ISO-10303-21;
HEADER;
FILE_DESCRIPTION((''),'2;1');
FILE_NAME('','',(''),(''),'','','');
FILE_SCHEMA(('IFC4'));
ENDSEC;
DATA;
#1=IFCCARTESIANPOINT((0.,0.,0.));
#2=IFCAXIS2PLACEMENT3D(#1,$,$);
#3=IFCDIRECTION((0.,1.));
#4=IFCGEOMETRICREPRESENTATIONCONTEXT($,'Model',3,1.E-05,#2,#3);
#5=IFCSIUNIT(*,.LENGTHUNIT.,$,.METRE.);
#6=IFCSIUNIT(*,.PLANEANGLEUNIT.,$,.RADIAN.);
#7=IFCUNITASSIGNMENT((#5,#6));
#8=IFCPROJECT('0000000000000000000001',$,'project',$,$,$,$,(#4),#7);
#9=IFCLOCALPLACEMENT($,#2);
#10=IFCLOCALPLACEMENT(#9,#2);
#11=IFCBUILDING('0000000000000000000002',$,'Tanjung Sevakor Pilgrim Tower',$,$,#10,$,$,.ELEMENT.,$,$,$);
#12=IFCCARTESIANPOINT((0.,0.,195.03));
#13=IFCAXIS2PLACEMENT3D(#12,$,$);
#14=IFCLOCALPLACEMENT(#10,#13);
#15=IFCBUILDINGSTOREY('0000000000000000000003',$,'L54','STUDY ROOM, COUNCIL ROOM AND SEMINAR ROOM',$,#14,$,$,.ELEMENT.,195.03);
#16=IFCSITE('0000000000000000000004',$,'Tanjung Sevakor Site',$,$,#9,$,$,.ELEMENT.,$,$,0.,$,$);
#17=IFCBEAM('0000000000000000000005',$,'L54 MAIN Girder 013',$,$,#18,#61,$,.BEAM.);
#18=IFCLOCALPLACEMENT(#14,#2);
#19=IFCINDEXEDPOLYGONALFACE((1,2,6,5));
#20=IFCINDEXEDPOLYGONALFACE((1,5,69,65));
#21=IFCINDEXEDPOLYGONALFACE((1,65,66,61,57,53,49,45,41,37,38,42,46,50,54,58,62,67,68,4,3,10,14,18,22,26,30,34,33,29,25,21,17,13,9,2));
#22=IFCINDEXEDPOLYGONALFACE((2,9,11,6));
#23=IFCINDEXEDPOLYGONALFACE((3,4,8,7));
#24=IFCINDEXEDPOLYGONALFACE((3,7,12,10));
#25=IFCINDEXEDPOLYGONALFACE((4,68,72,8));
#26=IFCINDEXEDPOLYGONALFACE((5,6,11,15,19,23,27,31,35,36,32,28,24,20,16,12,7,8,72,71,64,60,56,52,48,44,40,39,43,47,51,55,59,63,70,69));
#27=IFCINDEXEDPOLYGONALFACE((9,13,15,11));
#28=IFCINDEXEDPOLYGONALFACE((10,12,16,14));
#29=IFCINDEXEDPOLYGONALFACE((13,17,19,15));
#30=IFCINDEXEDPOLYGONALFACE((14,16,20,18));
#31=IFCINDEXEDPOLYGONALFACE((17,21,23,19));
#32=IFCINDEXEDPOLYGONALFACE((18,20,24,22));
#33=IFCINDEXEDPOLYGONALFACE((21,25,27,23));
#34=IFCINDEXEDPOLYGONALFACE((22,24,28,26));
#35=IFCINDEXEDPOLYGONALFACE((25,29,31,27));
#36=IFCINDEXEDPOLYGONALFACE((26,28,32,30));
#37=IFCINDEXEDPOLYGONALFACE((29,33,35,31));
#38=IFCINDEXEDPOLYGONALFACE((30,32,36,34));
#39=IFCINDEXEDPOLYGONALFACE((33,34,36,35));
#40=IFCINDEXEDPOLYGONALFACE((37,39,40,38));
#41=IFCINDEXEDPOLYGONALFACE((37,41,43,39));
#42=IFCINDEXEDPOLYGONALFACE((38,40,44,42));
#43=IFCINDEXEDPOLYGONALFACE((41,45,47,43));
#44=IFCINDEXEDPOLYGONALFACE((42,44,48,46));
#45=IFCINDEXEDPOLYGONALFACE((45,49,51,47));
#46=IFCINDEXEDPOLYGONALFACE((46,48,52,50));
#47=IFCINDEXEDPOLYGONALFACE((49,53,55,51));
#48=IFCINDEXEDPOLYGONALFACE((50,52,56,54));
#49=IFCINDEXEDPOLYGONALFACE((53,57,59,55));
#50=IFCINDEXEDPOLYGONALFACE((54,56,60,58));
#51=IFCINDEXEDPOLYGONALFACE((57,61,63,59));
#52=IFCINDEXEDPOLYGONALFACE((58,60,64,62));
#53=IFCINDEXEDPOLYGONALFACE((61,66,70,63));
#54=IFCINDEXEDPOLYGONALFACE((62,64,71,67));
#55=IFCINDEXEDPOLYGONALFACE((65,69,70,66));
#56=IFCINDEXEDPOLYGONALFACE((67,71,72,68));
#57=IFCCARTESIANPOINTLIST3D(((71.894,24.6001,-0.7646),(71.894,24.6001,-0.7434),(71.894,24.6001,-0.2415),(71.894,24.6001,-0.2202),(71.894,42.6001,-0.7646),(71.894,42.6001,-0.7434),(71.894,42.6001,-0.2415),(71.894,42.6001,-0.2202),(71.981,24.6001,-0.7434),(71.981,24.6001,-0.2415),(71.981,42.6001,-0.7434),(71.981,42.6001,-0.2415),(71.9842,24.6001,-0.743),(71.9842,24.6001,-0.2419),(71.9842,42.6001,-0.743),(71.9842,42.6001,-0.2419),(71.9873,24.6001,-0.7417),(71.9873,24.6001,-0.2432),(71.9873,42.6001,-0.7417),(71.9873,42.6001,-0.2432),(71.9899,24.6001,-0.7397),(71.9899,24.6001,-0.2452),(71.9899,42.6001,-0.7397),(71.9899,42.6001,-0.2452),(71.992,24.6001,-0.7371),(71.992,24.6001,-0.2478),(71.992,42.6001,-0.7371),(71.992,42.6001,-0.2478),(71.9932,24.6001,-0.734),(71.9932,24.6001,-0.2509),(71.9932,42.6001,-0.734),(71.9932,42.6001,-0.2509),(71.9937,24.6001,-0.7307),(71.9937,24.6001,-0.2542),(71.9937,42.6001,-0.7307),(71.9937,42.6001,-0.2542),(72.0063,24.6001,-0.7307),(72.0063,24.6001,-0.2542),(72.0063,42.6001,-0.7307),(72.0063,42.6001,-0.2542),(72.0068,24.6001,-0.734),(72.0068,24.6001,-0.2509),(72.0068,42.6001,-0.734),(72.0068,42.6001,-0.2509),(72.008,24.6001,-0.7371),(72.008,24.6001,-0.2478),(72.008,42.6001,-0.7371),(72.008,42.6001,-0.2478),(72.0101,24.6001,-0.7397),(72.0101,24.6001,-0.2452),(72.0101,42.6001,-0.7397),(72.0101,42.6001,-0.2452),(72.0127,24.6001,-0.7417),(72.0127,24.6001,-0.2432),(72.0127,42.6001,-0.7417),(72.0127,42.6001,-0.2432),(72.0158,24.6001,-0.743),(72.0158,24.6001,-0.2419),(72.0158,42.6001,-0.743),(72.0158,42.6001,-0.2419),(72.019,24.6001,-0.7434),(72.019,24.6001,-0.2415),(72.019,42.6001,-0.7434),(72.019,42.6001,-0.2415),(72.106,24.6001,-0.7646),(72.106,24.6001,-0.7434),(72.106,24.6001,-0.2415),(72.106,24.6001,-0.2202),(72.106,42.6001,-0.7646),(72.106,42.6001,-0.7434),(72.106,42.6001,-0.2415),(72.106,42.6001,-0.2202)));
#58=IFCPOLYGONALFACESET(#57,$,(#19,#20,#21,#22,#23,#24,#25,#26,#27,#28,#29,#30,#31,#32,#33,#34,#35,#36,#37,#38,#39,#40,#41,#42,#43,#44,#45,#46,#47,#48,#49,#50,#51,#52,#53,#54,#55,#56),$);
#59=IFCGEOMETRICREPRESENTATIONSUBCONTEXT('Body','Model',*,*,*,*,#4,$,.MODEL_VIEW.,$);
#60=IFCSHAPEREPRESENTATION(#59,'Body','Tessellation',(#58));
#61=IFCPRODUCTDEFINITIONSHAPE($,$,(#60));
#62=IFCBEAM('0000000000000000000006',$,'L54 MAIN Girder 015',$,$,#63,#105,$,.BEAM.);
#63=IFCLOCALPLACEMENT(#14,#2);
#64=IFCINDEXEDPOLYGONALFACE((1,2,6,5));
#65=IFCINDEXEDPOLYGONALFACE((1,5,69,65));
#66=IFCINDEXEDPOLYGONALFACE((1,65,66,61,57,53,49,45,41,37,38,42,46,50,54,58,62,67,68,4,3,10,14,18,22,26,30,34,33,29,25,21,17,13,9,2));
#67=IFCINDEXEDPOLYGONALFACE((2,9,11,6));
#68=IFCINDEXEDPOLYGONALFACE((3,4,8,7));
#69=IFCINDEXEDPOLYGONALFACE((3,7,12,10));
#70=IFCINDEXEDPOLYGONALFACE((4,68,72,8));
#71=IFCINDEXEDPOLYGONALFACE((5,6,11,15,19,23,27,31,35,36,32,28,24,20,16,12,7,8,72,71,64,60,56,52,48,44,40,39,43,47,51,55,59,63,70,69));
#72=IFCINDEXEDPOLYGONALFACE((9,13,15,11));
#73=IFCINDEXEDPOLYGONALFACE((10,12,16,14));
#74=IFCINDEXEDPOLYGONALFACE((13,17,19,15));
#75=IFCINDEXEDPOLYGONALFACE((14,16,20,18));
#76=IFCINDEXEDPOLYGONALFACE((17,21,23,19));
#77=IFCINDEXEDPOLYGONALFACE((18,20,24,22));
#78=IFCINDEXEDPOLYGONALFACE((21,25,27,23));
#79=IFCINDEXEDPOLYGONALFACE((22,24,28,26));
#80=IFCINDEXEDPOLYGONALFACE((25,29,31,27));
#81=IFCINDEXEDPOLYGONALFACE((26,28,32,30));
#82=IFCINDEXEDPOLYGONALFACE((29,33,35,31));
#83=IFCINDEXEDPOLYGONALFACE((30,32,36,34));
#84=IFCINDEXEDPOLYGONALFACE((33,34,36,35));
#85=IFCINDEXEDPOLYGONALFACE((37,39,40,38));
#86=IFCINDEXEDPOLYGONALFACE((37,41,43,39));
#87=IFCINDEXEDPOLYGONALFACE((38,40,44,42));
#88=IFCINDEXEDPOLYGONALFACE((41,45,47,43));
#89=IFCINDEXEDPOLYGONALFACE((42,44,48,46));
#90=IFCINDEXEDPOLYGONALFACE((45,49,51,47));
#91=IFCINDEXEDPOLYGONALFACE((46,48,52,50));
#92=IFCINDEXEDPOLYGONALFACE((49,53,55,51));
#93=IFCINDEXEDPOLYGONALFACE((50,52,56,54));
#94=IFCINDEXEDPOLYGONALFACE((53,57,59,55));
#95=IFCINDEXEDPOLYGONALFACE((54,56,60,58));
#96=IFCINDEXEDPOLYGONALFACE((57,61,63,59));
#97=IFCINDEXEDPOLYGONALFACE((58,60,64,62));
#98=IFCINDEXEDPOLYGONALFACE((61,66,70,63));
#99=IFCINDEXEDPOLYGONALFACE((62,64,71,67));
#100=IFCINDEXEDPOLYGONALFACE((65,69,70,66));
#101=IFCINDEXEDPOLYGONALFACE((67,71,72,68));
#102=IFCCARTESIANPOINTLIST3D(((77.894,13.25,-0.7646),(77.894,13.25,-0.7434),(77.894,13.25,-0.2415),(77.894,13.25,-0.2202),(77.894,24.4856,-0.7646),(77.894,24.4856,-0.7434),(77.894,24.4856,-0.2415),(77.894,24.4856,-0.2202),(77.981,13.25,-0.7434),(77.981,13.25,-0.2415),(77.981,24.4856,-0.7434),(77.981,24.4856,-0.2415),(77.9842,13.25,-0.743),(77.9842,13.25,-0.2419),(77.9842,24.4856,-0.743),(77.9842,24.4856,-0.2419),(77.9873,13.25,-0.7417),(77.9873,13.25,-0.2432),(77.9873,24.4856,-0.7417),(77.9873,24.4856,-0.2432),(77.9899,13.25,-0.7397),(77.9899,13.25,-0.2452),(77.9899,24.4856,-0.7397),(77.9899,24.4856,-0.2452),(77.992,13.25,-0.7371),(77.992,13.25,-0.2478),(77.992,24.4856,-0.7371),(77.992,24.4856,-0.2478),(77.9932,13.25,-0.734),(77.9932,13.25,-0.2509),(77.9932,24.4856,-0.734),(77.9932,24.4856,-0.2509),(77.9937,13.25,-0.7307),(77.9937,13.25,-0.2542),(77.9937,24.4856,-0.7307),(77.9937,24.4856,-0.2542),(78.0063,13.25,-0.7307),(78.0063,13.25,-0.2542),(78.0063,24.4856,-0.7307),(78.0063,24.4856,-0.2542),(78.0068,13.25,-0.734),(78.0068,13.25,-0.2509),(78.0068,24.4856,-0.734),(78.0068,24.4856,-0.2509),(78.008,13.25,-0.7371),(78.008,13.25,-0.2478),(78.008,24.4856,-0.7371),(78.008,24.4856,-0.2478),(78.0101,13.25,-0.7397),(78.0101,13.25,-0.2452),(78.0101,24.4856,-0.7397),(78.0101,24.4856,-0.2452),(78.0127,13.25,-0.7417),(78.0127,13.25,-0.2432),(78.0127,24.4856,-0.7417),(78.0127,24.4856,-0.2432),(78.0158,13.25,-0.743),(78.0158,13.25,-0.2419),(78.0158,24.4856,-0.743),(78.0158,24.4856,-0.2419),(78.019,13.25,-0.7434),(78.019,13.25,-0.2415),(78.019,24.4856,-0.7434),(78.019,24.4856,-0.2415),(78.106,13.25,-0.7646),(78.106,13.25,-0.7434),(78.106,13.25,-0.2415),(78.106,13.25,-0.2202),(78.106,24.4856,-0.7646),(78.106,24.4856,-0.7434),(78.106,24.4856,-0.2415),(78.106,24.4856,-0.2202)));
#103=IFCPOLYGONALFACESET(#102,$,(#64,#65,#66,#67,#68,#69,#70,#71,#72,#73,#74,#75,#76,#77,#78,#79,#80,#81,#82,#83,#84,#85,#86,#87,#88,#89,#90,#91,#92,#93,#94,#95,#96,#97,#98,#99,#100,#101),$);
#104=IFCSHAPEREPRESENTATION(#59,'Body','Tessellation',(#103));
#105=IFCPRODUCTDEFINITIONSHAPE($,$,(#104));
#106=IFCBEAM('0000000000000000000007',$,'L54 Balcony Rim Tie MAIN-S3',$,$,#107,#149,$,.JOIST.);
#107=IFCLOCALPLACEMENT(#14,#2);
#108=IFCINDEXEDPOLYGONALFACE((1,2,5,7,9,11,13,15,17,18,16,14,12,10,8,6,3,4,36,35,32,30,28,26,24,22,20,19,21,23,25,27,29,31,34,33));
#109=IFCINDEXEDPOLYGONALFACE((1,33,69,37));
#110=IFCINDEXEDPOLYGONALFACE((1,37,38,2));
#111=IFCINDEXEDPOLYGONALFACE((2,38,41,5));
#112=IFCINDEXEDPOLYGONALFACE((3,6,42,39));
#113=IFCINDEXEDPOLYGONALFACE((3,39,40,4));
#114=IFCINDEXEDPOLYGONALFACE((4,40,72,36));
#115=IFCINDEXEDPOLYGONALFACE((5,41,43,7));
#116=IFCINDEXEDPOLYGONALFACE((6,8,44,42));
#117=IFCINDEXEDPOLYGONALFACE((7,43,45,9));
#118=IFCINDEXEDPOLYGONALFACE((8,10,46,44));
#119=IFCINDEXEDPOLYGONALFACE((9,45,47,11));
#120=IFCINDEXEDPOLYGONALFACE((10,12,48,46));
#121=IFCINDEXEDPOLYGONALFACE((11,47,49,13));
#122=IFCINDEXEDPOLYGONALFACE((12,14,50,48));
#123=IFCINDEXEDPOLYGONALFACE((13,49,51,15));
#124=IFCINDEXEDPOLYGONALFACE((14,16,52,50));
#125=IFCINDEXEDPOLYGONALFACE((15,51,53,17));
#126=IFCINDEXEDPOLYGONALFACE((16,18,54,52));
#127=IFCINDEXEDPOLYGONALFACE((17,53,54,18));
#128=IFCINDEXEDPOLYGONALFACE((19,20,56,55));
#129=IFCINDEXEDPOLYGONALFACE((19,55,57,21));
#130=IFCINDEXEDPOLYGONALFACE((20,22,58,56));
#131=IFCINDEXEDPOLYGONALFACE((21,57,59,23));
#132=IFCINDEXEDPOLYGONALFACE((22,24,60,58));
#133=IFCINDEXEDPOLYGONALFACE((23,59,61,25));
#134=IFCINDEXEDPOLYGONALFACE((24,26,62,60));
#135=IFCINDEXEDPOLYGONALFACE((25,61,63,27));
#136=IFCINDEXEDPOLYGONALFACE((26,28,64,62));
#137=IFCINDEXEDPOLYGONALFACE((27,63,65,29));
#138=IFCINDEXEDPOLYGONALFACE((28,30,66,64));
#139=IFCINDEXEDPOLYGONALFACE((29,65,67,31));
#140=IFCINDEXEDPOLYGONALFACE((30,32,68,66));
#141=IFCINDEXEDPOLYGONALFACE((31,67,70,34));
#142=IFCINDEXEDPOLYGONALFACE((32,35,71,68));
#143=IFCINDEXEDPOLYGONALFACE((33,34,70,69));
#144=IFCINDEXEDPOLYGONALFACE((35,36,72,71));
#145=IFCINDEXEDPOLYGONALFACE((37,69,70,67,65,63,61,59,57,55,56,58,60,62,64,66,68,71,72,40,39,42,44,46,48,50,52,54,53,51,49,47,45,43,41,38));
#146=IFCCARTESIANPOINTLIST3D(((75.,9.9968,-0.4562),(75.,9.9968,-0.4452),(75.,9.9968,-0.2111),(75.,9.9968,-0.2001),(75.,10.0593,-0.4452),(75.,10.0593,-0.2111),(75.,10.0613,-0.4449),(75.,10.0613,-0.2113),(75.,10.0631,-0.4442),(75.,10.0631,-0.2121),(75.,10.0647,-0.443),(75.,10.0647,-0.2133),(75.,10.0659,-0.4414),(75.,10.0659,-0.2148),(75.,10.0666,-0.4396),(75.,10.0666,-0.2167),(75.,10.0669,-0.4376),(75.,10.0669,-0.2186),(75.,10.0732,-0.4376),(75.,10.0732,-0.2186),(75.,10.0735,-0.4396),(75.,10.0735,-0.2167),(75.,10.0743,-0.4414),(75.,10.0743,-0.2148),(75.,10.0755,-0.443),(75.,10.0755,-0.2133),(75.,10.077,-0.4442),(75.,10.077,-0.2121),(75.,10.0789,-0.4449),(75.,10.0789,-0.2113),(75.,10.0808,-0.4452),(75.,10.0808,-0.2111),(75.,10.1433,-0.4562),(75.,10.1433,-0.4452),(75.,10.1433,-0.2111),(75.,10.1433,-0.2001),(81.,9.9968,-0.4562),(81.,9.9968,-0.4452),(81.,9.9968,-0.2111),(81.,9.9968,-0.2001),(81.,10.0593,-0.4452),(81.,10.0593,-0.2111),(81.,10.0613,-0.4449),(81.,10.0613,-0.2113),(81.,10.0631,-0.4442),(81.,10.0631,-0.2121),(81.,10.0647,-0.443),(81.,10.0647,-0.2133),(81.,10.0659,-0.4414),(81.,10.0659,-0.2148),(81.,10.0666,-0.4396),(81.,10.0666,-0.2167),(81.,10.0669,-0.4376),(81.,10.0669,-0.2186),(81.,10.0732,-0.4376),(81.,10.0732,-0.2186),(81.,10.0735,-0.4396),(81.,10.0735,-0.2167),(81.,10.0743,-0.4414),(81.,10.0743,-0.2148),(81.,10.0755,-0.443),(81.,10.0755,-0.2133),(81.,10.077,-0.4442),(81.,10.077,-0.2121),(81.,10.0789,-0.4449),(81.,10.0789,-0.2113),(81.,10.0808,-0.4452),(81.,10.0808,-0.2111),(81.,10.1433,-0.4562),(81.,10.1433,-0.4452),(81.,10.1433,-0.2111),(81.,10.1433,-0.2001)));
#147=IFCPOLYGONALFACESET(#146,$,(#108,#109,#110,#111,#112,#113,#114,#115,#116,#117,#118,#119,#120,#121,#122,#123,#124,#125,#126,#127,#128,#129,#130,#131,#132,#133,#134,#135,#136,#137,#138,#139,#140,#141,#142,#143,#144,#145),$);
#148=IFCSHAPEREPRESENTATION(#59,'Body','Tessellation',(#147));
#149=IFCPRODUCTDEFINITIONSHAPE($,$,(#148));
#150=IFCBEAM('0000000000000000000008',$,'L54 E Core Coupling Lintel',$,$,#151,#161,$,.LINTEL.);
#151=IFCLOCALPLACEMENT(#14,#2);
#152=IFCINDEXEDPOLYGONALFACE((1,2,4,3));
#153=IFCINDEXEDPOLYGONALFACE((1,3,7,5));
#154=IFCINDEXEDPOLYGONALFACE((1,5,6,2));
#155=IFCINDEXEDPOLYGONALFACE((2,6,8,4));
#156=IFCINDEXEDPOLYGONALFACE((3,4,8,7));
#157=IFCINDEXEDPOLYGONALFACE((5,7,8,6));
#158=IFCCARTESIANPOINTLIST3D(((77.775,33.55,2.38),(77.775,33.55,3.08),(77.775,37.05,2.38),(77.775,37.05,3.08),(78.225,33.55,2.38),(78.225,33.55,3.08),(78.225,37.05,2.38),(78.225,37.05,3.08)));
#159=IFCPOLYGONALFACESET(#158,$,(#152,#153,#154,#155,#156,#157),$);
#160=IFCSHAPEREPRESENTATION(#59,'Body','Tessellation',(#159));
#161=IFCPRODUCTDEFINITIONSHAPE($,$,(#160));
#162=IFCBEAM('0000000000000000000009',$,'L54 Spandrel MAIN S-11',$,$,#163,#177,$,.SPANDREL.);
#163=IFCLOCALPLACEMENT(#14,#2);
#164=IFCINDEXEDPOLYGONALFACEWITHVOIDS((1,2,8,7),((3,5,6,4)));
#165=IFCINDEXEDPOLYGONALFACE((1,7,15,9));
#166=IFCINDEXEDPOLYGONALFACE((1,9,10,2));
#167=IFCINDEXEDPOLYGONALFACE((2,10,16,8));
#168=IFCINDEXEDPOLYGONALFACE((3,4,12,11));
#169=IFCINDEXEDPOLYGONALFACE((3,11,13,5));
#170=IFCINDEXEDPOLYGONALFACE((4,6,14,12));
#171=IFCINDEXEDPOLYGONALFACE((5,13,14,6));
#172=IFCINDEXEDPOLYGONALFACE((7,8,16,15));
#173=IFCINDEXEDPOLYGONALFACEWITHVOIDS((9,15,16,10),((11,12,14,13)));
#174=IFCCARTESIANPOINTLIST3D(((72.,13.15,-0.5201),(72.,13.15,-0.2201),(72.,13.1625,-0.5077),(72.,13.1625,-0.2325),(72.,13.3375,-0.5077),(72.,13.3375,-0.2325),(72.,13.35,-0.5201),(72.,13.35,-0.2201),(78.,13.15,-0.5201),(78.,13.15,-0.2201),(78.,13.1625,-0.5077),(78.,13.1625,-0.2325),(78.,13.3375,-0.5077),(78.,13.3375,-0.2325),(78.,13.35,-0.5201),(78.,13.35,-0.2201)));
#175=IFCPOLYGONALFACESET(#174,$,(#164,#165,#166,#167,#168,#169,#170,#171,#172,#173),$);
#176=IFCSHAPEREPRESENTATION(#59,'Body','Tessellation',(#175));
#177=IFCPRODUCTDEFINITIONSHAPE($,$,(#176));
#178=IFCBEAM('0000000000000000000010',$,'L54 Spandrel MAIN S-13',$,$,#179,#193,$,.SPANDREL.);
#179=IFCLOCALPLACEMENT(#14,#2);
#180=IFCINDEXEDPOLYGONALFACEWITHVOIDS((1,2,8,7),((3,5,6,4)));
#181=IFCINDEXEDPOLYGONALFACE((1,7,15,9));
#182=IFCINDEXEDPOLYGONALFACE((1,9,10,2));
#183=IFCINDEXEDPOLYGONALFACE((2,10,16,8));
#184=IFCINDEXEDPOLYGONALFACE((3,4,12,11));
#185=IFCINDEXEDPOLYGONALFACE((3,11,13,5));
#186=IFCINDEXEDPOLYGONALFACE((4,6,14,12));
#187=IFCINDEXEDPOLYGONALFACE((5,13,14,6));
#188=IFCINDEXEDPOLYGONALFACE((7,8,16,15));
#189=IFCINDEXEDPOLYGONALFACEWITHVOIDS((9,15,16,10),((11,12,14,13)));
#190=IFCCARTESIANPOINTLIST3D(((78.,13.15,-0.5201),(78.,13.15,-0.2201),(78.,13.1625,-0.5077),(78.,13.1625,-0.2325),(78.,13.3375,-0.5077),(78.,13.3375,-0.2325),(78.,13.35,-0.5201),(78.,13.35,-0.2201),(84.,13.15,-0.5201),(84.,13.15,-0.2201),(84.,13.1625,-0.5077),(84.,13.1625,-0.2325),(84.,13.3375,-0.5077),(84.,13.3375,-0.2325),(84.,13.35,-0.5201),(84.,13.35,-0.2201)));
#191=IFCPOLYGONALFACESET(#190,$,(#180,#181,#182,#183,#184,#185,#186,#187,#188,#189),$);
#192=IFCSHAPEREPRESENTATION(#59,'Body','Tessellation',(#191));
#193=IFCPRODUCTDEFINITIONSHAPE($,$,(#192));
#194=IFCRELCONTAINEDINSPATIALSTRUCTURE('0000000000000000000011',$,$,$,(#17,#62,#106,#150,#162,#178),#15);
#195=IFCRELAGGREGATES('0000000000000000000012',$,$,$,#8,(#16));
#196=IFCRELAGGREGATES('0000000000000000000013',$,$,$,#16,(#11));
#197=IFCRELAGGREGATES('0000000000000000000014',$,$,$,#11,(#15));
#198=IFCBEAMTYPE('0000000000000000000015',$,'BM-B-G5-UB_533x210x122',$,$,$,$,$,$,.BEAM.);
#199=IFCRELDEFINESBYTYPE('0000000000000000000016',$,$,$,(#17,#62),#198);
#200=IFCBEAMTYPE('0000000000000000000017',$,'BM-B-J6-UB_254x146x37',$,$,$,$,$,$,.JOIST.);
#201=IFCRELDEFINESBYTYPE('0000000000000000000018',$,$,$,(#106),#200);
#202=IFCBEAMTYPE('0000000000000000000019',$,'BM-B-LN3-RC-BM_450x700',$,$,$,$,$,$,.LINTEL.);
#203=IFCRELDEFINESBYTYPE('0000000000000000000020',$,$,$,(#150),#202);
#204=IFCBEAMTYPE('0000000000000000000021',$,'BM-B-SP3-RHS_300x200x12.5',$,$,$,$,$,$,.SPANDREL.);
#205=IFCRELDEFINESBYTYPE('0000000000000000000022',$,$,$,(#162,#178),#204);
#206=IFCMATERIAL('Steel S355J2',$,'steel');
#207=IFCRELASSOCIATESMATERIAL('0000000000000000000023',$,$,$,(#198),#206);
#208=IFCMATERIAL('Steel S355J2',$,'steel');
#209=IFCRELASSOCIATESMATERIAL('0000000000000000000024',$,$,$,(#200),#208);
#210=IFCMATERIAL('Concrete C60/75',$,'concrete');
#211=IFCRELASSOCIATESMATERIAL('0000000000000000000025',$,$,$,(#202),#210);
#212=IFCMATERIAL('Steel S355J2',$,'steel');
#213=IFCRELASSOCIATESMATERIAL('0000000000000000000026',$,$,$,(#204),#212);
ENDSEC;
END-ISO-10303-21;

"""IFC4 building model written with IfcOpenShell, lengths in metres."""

from ifc_helpers import new_model, si_unit, direction, frame, origin, origin_2d, place, context, subcontext, project, spatial, rectangle, hollow_rectangle, i_section, extrude, material, material_profile, profile_set, type_object, element, save


model = new_model("IFC4")

# Units and contexts
model_context = context("Model", 3, precision=1e-05, world=origin(), true_north=direction((0.0, 1.0)))
body_context = subcontext(model_context, "Body", "Model", "MODEL_VIEW")
ifc_project = project(units=[si_unit("LENGTHUNIT", "METRE"), si_unit("PLANEANGLEUNIT", "RADIAN")], contexts=[model_context])

# Site, building, storey
site_placement = place(None, origin())
site = spatial("IfcSite", under=ifc_project, at=site_placement, Name="Tanjung Sevakor Site", CompositionType="ELEMENT", RefElevation=0.0)
building_placement = place(site_placement, origin())
building = spatial("IfcBuilding", under=site, at=building_placement, Name="Tanjung Sevakor Pilgrim Tower", CompositionType="ELEMENT")
storey_placement = place(building_placement, frame((0.0, 0.0, 195.03)))
storey = spatial("IfcBuildingStorey", under=building, at=storey_placement, Name="L54", Description="STUDY ROOM, COUNCIL ROOM AND SEMINAR ROOM", CompositionType="ELEMENT", Elevation=195.03)

# Beams
ifc_material_1 = material(Name="Steel S355J2", Category="steel")
ifc_material_profile_1 = material_profile(ifc_material_1, i_section(OverallWidth=0.2119, OverallDepth=0.5444, WebThickness=0.0127, FlangeThickness=0.0212, FilletRadius=0.0127, at=origin_2d()))
ifc_profile_set_1 = profile_set([ifc_material_profile_1], Name="Steel S355J2")
beam_type_1 = type_object("IfcBeamType", Name="BM-B-G5-UB_533x210x122", PredefinedType="BEAM", material=ifc_profile_set_1)
beam_1_placement = place(storey_placement, frame((72.0, 24.6001, -0.4924), z_axis=(0.0, 1.0, 0.0), x_axis=(-1.0, 0.0, 0.0)))
element("IfcBeam", 1, at=beam_1_placement, inside=storey, type_object=beam_type_1, Name="L54 MAIN Girder 013", PredefinedType="BEAM", context=body_context, shape_type="SweptSolid", body=[
    extrude(i_section(OverallWidth=0.2119, OverallDepth=0.5444, WebThickness=0.0127, FlangeThickness=0.0212, FilletRadius=0.0127, at=origin_2d()), origin(), (0.0, 0.0, 1.0), 18.0),
])
beam_2_placement = place(storey_placement, frame((78.0, 13.25, -0.4924), z_axis=(0.0, 1.0, 0.0), x_axis=(-1.0, 0.0, 0.0)))
element("IfcBeam", 2, at=beam_2_placement, inside=storey, type_object=beam_type_1, Name="L54 MAIN Girder 015", PredefinedType="BEAM", context=body_context, shape_type="SweptSolid", body=[
    extrude(i_section(OverallWidth=0.2119, OverallDepth=0.5444, WebThickness=0.0127, FlangeThickness=0.0212, FilletRadius=0.0127, at=origin_2d()), origin(), (0.0, 0.0, 1.0), 11.2356),
])
ifc_material_2 = material(Name="Steel S355J2", Category="steel")
ifc_material_profile_2 = material_profile(ifc_material_2, i_section(OverallWidth=0.1465, OverallDepth=0.2561, WebThickness=0.0063, FlangeThickness=0.011, FilletRadius=0.0076, at=origin_2d()))
ifc_profile_set_2 = profile_set([ifc_material_profile_2], Name="Steel S355J2")
beam_type_2 = type_object("IfcBeamType", Name="BM-B-J6-UB_254x146x37", PredefinedType="JOIST", material=ifc_profile_set_2)
beam_3_placement = place(storey_placement, frame((75.0, 10.0701, -0.3281), z_axis=(1.0, 0.0, 0.0), x_axis=(0.0, 1.0, 0.0)))
element("IfcBeam", 3, at=beam_3_placement, inside=storey, type_object=beam_type_2, Name="L54 Balcony Rim Tie MAIN-S3", PredefinedType="JOIST", context=body_context, shape_type="SweptSolid", body=[
    extrude(i_section(OverallWidth=0.1465, OverallDepth=0.2561, WebThickness=0.0063, FlangeThickness=0.011, FilletRadius=0.0076, at=origin_2d()), origin(), (0.0, 0.0, 1.0), 6.0),
])
ifc_material_3 = material(Name="Concrete C60/75", Category="concrete")
ifc_material_profile_3 = material_profile(ifc_material_3, rectangle(XDim=0.45, YDim=0.7, at=origin_2d()))
ifc_profile_set_3 = profile_set([ifc_material_profile_3], Name="Concrete C60/75")
beam_type_3 = type_object("IfcBeamType", Name="BM-B-LN3-RC-BM_450x700", PredefinedType="LINTEL", material=ifc_profile_set_3)
beam_4_placement = place(storey_placement, frame((78.0, 33.55, 2.73), z_axis=(0.0, 1.0, 0.0), x_axis=(-1.0, 0.0, 0.0)))
element("IfcBeam", 4, at=beam_4_placement, inside=storey, type_object=beam_type_3, Name="L54 E Core Coupling Lintel", PredefinedType="LINTEL", context=body_context, shape_type="SweptSolid", body=[
    extrude(rectangle(XDim=0.45, YDim=0.7, at=origin_2d()), origin(), (0.0, 0.0, 1.0), 3.5),
])
ifc_material_4 = material(Name="Steel S355J2", Category="steel")
ifc_material_profile_4 = material_profile(ifc_material_4, hollow_rectangle(XDim=0.2, YDim=0.3, WallThickness=0.0125, at=origin_2d()))
ifc_profile_set_4 = profile_set([ifc_material_profile_4], Name="Steel S355J2")
beam_type_4 = type_object("IfcBeamType", Name="BM-B-SP3-RHS_300x200x12.5", PredefinedType="SPANDREL", material=ifc_profile_set_4)
for number, where, z_axis, x_axis, name in (
    (5, (72.0, 13.25, -0.3701), (1.0, 0.0, 0.0), (0.0, 1.0, 0.0), "L54 Spandrel MAIN S-11"),
    (6, (78.0, 13.25, -0.3701), (1.0, 0.0, 0.0), (0.0, 1.0, 0.0), "L54 Spandrel MAIN S-13"),
):
    element("IfcBeam", number, at=place(storey_placement, frame(where, z_axis=z_axis, x_axis=x_axis)), inside=storey, type_object=beam_type_4, Name=name, PredefinedType="SPANDREL", context=body_context, shape_type="SweptSolid", body=[
        extrude(hollow_rectangle(XDim=0.2, YDim=0.3, WallThickness=0.0125, at=origin_2d()), origin(), (0.0, 0.0, 1.0), 6.0),
    ])

save(model, "model.ifc")
